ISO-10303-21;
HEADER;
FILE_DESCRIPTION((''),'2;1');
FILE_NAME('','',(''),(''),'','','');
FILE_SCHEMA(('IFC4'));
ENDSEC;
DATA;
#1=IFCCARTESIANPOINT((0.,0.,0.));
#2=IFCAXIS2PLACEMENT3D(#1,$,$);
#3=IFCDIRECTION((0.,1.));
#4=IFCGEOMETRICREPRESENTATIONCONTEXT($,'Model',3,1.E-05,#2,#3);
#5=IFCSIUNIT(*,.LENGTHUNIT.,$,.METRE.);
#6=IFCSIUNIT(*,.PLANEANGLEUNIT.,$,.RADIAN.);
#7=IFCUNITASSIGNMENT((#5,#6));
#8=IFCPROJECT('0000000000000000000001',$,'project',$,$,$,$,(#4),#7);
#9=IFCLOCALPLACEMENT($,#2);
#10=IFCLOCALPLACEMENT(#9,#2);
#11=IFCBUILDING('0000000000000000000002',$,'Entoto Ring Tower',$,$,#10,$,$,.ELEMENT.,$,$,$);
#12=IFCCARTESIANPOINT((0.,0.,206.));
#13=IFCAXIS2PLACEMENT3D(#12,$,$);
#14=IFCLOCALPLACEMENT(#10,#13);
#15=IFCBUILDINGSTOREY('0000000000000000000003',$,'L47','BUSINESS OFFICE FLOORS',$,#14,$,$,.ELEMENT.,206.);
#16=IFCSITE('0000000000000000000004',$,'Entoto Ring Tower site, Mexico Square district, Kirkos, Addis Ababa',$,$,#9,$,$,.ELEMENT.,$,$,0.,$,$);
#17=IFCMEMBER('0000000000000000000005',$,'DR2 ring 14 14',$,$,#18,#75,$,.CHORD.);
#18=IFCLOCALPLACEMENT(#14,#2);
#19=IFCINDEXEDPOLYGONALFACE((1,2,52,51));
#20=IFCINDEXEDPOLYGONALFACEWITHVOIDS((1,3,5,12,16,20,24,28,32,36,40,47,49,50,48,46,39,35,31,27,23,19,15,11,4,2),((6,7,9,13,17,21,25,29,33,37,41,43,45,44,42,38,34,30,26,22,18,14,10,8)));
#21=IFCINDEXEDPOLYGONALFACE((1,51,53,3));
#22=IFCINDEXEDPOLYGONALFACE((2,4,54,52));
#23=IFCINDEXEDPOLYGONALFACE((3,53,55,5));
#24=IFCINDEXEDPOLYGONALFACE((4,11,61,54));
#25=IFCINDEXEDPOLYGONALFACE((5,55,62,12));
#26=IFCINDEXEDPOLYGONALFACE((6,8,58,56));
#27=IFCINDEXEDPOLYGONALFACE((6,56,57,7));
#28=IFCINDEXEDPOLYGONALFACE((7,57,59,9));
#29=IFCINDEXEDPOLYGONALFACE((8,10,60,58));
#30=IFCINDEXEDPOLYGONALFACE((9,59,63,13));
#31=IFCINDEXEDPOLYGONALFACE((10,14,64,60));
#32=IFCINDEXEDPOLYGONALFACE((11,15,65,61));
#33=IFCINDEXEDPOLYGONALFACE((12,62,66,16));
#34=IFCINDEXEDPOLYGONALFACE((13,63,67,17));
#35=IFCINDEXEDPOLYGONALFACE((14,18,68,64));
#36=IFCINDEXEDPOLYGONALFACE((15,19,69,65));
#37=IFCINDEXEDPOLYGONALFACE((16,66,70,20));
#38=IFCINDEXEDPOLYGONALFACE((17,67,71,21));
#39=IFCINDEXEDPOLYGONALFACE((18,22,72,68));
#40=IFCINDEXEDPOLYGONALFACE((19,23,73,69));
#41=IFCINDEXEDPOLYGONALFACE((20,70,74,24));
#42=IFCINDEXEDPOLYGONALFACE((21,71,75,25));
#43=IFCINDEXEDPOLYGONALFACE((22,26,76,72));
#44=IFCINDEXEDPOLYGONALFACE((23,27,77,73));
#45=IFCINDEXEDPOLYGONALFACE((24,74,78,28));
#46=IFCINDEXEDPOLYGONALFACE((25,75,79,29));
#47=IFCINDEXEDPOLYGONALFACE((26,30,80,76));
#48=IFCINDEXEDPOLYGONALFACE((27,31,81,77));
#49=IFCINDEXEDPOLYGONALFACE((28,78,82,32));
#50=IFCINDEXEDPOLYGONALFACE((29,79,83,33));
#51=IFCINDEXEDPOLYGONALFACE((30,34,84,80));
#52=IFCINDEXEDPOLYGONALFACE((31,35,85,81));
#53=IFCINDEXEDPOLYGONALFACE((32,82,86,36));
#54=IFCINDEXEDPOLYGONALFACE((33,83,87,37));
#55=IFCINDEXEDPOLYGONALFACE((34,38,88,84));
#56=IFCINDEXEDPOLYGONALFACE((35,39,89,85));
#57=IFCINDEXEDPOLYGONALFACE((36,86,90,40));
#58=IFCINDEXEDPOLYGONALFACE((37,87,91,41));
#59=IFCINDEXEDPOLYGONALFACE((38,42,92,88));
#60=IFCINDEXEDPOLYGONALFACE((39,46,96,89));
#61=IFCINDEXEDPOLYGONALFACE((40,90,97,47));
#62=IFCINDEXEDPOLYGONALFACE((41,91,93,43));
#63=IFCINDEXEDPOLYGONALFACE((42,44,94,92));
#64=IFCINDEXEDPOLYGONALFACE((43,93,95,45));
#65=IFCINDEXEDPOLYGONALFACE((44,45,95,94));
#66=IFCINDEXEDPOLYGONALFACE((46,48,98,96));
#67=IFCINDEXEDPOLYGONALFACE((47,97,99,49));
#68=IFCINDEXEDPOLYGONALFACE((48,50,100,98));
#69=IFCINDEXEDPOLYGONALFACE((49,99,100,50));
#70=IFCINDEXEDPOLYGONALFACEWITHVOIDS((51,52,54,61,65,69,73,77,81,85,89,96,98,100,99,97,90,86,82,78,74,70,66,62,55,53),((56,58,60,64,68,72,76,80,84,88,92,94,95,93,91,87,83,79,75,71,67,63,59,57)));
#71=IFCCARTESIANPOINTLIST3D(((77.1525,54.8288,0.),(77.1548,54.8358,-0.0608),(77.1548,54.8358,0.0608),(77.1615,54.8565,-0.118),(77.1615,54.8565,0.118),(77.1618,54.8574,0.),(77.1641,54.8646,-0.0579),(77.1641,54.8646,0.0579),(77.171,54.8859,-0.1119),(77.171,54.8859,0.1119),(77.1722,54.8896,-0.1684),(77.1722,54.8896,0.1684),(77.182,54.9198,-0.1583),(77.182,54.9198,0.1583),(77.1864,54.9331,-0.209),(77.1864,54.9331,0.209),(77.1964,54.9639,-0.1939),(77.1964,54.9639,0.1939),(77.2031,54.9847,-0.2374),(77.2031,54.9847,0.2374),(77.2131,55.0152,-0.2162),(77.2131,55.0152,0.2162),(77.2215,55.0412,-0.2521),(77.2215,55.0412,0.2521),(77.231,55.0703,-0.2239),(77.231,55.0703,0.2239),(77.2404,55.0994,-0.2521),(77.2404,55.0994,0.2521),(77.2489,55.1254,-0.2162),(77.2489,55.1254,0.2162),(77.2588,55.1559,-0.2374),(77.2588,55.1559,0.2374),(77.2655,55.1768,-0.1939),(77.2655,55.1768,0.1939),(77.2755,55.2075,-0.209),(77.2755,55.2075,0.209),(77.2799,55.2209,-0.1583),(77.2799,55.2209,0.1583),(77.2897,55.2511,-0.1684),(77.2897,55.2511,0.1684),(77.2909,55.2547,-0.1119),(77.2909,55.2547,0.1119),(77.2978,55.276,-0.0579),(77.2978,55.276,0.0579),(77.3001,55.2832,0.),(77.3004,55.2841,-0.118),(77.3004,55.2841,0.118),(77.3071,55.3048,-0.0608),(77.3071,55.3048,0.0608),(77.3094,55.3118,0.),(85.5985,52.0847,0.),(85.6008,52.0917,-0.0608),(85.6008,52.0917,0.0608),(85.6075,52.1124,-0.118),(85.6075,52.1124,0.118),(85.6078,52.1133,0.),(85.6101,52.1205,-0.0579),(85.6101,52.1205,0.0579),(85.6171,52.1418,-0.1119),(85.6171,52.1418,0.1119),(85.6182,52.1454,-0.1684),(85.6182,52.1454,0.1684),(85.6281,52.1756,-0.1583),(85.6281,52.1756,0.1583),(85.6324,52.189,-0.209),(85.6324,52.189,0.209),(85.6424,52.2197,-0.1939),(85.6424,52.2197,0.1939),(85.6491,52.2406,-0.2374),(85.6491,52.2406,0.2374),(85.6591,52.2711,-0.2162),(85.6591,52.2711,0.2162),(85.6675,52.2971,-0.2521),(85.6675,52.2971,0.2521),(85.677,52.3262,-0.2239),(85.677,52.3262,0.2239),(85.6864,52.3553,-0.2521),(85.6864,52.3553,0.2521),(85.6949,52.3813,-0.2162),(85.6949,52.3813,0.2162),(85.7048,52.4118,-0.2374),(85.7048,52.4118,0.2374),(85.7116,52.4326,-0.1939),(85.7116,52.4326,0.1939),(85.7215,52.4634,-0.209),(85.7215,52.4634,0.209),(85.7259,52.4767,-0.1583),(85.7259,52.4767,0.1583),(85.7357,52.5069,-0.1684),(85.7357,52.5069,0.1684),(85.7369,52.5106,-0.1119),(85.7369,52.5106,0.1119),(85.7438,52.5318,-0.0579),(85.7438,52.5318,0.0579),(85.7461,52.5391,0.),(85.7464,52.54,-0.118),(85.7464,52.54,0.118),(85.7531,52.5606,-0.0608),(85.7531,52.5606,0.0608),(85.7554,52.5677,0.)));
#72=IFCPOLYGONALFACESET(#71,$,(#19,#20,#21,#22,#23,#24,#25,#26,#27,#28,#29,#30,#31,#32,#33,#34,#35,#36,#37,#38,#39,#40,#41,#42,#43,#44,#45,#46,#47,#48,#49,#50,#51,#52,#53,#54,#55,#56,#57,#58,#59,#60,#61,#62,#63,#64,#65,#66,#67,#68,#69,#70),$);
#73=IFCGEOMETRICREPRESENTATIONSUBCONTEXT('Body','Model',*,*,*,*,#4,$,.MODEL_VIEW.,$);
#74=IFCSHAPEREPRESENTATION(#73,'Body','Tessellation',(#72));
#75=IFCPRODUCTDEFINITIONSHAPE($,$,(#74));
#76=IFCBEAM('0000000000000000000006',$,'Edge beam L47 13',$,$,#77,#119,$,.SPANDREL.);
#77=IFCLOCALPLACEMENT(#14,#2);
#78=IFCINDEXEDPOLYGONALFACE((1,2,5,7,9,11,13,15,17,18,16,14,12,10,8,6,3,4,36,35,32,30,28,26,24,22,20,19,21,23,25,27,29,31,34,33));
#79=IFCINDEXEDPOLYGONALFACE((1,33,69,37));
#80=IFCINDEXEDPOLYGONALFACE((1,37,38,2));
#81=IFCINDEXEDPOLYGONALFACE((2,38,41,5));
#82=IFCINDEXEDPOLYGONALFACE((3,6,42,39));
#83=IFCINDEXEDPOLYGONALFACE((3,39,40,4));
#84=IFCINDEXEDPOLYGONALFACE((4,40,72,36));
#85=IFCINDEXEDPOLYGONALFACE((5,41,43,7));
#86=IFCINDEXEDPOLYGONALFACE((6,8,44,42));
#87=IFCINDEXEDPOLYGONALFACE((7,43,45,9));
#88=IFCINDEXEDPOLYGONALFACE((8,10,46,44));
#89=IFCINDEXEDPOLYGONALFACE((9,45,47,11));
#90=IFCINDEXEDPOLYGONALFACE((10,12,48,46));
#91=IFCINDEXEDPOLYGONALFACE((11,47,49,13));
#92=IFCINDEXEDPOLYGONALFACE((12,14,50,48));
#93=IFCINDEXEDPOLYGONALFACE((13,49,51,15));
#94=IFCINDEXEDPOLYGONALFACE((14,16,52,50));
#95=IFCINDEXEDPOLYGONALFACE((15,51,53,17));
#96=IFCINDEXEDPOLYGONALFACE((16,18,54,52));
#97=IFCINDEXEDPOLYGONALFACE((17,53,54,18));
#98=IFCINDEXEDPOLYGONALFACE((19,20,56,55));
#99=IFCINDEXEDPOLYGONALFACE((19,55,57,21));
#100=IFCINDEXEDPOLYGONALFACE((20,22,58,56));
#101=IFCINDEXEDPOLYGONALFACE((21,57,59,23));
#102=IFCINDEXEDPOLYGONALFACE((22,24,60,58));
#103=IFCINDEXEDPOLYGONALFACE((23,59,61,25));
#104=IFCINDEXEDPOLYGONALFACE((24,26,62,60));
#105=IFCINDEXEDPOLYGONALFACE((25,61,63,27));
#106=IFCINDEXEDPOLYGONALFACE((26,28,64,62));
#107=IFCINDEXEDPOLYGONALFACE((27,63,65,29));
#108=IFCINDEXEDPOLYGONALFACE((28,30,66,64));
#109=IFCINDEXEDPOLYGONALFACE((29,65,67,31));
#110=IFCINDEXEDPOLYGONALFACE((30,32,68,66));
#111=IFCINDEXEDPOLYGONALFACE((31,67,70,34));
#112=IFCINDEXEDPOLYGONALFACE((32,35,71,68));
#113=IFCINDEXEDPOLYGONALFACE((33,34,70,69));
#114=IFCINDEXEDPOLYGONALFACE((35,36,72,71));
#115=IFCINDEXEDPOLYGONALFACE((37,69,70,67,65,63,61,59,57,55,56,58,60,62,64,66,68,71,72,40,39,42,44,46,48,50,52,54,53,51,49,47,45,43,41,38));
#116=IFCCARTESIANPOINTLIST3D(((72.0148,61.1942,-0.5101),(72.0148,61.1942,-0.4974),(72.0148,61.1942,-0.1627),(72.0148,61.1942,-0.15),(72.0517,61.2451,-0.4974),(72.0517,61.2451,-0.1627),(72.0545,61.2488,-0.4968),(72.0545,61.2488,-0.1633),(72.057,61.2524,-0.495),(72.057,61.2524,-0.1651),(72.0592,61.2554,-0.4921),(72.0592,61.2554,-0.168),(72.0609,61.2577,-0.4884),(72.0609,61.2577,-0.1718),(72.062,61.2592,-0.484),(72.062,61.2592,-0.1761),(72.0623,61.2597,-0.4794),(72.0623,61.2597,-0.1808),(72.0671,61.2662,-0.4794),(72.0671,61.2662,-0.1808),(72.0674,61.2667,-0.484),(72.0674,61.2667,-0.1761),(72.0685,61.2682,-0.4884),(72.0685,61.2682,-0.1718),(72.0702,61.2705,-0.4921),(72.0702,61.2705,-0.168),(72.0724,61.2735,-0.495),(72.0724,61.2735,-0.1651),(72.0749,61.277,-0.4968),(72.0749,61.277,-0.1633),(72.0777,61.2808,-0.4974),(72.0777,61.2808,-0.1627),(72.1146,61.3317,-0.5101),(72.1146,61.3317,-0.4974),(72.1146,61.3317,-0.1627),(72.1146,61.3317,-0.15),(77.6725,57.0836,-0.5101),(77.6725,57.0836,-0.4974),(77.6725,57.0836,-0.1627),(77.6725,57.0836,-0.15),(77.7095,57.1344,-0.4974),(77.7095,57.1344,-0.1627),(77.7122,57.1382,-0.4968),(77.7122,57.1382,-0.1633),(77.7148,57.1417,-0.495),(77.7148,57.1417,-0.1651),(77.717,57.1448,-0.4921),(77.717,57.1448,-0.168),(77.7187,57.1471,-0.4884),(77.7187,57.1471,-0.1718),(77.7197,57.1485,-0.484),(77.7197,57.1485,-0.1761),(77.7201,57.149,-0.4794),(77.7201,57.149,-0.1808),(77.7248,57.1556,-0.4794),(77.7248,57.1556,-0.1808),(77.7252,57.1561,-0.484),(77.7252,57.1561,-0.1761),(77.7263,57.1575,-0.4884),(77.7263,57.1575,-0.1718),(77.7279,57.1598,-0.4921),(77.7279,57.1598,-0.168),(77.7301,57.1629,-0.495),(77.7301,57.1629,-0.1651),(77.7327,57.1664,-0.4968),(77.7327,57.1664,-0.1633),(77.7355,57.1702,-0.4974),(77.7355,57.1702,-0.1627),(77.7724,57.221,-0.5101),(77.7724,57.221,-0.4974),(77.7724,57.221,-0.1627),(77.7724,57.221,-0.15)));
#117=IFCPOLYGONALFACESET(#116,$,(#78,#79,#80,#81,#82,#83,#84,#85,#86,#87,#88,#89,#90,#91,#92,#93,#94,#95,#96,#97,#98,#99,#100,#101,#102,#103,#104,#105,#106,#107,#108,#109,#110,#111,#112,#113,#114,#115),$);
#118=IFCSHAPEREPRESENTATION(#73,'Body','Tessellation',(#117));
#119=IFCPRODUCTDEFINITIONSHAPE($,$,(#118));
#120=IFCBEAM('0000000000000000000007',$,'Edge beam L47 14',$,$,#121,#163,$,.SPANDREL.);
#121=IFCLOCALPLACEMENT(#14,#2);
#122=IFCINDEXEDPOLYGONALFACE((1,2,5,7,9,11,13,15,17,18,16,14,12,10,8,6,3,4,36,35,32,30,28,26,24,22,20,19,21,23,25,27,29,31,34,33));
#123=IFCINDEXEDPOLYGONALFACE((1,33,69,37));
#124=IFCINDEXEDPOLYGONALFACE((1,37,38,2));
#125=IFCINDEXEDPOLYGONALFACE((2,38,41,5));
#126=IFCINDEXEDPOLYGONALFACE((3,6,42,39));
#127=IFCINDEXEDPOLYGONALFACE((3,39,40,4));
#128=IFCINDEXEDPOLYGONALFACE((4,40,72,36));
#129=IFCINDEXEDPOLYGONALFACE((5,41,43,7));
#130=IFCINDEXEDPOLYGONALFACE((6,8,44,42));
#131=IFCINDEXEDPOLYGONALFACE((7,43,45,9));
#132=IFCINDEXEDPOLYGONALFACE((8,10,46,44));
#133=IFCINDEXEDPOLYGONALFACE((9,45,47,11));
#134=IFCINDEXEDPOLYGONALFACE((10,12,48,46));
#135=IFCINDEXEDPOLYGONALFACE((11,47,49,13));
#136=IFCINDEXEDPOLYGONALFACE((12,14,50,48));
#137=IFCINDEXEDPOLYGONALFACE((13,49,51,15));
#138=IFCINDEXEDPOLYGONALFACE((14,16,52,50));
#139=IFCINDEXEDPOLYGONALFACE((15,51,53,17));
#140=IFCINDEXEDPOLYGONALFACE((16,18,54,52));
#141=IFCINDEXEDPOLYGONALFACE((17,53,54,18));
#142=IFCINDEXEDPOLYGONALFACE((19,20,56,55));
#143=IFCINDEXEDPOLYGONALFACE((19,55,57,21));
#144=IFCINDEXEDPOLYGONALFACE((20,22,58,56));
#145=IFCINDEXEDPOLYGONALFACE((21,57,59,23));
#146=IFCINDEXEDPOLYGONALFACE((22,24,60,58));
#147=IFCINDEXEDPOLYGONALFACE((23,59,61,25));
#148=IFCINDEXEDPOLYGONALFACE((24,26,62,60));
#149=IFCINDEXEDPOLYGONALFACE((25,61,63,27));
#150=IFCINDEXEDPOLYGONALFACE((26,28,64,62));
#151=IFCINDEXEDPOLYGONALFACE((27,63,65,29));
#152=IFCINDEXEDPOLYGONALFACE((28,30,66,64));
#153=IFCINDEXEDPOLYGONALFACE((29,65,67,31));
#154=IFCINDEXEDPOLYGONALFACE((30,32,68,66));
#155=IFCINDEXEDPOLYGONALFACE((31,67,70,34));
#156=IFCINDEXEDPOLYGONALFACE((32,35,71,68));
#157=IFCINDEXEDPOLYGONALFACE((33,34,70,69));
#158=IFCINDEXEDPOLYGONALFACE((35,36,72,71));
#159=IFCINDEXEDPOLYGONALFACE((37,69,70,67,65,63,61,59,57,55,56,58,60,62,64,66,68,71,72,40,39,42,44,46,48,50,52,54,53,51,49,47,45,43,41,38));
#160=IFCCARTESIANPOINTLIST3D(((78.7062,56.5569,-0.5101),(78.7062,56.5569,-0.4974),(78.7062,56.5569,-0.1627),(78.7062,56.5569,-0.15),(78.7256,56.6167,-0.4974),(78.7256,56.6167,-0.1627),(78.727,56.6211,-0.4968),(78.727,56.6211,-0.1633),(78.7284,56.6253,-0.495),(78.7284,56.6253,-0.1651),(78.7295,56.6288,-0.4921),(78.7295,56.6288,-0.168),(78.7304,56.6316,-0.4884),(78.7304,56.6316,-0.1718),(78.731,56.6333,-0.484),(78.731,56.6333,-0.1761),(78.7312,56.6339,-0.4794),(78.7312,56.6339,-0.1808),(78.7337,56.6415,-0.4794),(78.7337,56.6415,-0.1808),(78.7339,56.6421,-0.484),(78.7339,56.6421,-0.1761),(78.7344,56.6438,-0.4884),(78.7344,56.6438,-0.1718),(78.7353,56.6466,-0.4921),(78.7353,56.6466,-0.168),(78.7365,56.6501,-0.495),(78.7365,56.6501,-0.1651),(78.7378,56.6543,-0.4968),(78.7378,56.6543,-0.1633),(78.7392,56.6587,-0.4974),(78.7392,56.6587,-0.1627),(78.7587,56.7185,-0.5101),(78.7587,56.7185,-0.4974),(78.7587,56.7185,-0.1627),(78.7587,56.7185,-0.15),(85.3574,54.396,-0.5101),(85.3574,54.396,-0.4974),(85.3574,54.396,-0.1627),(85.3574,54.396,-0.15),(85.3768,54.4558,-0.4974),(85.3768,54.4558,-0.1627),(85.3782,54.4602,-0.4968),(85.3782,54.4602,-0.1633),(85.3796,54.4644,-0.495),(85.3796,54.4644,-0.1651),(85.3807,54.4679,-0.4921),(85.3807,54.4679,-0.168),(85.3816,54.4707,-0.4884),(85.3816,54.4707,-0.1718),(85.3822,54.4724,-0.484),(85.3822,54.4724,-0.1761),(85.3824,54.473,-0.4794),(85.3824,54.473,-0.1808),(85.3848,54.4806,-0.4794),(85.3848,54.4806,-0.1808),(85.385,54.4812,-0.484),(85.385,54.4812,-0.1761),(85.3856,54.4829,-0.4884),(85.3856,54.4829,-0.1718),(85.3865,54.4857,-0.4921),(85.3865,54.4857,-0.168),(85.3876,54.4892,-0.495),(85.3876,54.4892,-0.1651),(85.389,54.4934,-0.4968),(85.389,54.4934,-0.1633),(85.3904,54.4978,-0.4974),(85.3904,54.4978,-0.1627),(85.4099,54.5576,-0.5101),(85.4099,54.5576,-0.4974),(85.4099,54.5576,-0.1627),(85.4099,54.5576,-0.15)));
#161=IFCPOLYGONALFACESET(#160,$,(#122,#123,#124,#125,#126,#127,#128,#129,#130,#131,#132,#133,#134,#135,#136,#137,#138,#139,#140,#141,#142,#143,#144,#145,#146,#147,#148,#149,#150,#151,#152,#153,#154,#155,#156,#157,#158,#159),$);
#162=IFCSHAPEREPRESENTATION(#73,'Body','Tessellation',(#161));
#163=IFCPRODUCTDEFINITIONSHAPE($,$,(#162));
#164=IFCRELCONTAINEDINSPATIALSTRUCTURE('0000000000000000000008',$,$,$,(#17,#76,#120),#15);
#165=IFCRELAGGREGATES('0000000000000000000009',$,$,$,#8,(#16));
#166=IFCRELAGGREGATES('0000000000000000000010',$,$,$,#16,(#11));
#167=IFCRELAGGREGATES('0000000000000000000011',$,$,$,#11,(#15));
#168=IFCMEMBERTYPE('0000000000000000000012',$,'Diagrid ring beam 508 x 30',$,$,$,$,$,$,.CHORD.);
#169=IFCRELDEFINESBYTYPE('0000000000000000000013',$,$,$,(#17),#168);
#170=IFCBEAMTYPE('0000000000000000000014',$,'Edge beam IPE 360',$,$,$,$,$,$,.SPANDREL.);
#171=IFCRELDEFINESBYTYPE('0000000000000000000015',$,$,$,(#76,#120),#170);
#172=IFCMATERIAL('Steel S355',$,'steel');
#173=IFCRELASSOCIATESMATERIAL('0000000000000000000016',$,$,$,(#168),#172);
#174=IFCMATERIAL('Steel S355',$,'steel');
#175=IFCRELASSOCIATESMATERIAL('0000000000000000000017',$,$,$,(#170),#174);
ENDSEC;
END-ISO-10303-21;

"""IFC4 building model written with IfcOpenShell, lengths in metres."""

from ifc_helpers import new_model, si_unit, direction, frame, origin, origin_2d, place, context, subcontext, project, spatial, circle, hollow_circle, i_section, extrude, material, material_profile, profile_set, type_object, element, save


model = new_model("IFC4")

# Units and contexts
model_context = context("Model", 3, precision=1e-05, world=origin(), true_north=direction((0.0, 1.0)))
body_context = subcontext(model_context, "Body", "Model", "MODEL_VIEW")
ifc_project = project(units=[si_unit("LENGTHUNIT", "METRE"), si_unit("PLANEANGLEUNIT", "RADIAN")], contexts=[model_context])

# Site, building, storey
site_placement = place(None, origin())
site = spatial("IfcSite", under=ifc_project, at=site_placement, Name="Entoto Ring Tower site, Mexico Square district, Kirkos, Addis Ababa", CompositionType="ELEMENT", RefElevation=0.0)
building_placement = place(site_placement, origin())
building = spatial("IfcBuilding", under=site, at=building_placement, Name="Entoto Ring Tower", CompositionType="ELEMENT")
storey_placement = place(building_placement, frame((0.0, 0.0, 206.0)))
storey = spatial("IfcBuildingStorey", under=building, at=storey_placement, Name="L47", Description="BUSINESS OFFICE FLOORS", CompositionType="ELEMENT", Elevation=206.0)

# Member
ifc_material_1 = material(Name="Steel S355", Category="steel")
ifc_material_profile_1 = material_profile(ifc_material_1, hollow_circle(Radius=0.2539, WallThickness=0.03, at=origin_2d()), Name="CHS 508 x 30")
ifc_material_2 = material(Name="Concrete C60/75", Category="concrete")
ifc_material_profile_2 = material_profile(ifc_material_2, circle(Radius=0.2241, at=origin_2d()), Name="Concrete C60/75 infill")
ifc_profile_set_1 = profile_set([ifc_material_profile_1, ifc_material_profile_2], Name="Steel S355")
member_type_1 = type_object("IfcMemberType", Name="Diagrid ring beam 508 x 30", PredefinedType="CHORD", material=ifc_profile_set_1)
for number, where, z_axis, x_axis, name in (
    (1, (77.231, 55.0703, 0.0), (0.951061, -0.309002, 0.0), (0.309002, 0.951061, 0.0), "DR2 ring 14 14"),
):
    element("IfcMember", number, at=place(storey_placement, frame(where, z_axis=z_axis, x_axis=x_axis)), inside=storey, type_object=member_type_1, Name=name, PredefinedType="CHORD", context=body_context, shape_type="SweptSolid", body=[
        extrude(hollow_circle(Radius=0.2539, WallThickness=0.03, at=origin_2d()), origin(), (0.0, 0.0, 1.0), 8.8806),
    ])

# Beams
ifc_material_3 = material(Name="Steel S355", Category="steel")
ifc_material_profile_3 = material_profile(ifc_material_3, i_section(OverallWidth=0.1699, OverallDepth=0.3601, WebThickness=0.0081, FlangeThickness=0.0127, FilletRadius=0.0181, at=origin_2d()), Name="IPE 360")
ifc_profile_set_2 = profile_set([ifc_material_profile_3], Name="Steel S355")
beam_type = type_object("IfcBeamType", Name="Edge beam IPE 360", PredefinedType="SPANDREL", material=ifc_profile_set_2)
for number, where, z_axis, x_axis, name in (
    (2, (72.0647, 61.2629, -0.3301), (0.809015, -0.587788, 0.0), (0.587788, 0.809015, 0.0), "Edge beam L47 13"),
    (3, (78.7324, 56.6377, -0.3301), (0.951065, -0.308992, 0.0), (0.308992, 0.951065, 0.0), "Edge beam L47 14"),
):
    element("IfcBeam", number, at=place(storey_placement, frame(where, z_axis=z_axis, x_axis=x_axis)), inside=storey, type_object=beam_type, Name=name, PredefinedType="SPANDREL", context=body_context, shape_type="SweptSolid", body=[
        extrude(i_section(OverallWidth=0.1699, OverallDepth=0.3601, WebThickness=0.0081, FlangeThickness=0.0127, FilletRadius=0.0181, at=origin_2d()), origin(), (0.0, 0.0, 1.0), 6.9934),
    ])

save(model, "model.ifc")
